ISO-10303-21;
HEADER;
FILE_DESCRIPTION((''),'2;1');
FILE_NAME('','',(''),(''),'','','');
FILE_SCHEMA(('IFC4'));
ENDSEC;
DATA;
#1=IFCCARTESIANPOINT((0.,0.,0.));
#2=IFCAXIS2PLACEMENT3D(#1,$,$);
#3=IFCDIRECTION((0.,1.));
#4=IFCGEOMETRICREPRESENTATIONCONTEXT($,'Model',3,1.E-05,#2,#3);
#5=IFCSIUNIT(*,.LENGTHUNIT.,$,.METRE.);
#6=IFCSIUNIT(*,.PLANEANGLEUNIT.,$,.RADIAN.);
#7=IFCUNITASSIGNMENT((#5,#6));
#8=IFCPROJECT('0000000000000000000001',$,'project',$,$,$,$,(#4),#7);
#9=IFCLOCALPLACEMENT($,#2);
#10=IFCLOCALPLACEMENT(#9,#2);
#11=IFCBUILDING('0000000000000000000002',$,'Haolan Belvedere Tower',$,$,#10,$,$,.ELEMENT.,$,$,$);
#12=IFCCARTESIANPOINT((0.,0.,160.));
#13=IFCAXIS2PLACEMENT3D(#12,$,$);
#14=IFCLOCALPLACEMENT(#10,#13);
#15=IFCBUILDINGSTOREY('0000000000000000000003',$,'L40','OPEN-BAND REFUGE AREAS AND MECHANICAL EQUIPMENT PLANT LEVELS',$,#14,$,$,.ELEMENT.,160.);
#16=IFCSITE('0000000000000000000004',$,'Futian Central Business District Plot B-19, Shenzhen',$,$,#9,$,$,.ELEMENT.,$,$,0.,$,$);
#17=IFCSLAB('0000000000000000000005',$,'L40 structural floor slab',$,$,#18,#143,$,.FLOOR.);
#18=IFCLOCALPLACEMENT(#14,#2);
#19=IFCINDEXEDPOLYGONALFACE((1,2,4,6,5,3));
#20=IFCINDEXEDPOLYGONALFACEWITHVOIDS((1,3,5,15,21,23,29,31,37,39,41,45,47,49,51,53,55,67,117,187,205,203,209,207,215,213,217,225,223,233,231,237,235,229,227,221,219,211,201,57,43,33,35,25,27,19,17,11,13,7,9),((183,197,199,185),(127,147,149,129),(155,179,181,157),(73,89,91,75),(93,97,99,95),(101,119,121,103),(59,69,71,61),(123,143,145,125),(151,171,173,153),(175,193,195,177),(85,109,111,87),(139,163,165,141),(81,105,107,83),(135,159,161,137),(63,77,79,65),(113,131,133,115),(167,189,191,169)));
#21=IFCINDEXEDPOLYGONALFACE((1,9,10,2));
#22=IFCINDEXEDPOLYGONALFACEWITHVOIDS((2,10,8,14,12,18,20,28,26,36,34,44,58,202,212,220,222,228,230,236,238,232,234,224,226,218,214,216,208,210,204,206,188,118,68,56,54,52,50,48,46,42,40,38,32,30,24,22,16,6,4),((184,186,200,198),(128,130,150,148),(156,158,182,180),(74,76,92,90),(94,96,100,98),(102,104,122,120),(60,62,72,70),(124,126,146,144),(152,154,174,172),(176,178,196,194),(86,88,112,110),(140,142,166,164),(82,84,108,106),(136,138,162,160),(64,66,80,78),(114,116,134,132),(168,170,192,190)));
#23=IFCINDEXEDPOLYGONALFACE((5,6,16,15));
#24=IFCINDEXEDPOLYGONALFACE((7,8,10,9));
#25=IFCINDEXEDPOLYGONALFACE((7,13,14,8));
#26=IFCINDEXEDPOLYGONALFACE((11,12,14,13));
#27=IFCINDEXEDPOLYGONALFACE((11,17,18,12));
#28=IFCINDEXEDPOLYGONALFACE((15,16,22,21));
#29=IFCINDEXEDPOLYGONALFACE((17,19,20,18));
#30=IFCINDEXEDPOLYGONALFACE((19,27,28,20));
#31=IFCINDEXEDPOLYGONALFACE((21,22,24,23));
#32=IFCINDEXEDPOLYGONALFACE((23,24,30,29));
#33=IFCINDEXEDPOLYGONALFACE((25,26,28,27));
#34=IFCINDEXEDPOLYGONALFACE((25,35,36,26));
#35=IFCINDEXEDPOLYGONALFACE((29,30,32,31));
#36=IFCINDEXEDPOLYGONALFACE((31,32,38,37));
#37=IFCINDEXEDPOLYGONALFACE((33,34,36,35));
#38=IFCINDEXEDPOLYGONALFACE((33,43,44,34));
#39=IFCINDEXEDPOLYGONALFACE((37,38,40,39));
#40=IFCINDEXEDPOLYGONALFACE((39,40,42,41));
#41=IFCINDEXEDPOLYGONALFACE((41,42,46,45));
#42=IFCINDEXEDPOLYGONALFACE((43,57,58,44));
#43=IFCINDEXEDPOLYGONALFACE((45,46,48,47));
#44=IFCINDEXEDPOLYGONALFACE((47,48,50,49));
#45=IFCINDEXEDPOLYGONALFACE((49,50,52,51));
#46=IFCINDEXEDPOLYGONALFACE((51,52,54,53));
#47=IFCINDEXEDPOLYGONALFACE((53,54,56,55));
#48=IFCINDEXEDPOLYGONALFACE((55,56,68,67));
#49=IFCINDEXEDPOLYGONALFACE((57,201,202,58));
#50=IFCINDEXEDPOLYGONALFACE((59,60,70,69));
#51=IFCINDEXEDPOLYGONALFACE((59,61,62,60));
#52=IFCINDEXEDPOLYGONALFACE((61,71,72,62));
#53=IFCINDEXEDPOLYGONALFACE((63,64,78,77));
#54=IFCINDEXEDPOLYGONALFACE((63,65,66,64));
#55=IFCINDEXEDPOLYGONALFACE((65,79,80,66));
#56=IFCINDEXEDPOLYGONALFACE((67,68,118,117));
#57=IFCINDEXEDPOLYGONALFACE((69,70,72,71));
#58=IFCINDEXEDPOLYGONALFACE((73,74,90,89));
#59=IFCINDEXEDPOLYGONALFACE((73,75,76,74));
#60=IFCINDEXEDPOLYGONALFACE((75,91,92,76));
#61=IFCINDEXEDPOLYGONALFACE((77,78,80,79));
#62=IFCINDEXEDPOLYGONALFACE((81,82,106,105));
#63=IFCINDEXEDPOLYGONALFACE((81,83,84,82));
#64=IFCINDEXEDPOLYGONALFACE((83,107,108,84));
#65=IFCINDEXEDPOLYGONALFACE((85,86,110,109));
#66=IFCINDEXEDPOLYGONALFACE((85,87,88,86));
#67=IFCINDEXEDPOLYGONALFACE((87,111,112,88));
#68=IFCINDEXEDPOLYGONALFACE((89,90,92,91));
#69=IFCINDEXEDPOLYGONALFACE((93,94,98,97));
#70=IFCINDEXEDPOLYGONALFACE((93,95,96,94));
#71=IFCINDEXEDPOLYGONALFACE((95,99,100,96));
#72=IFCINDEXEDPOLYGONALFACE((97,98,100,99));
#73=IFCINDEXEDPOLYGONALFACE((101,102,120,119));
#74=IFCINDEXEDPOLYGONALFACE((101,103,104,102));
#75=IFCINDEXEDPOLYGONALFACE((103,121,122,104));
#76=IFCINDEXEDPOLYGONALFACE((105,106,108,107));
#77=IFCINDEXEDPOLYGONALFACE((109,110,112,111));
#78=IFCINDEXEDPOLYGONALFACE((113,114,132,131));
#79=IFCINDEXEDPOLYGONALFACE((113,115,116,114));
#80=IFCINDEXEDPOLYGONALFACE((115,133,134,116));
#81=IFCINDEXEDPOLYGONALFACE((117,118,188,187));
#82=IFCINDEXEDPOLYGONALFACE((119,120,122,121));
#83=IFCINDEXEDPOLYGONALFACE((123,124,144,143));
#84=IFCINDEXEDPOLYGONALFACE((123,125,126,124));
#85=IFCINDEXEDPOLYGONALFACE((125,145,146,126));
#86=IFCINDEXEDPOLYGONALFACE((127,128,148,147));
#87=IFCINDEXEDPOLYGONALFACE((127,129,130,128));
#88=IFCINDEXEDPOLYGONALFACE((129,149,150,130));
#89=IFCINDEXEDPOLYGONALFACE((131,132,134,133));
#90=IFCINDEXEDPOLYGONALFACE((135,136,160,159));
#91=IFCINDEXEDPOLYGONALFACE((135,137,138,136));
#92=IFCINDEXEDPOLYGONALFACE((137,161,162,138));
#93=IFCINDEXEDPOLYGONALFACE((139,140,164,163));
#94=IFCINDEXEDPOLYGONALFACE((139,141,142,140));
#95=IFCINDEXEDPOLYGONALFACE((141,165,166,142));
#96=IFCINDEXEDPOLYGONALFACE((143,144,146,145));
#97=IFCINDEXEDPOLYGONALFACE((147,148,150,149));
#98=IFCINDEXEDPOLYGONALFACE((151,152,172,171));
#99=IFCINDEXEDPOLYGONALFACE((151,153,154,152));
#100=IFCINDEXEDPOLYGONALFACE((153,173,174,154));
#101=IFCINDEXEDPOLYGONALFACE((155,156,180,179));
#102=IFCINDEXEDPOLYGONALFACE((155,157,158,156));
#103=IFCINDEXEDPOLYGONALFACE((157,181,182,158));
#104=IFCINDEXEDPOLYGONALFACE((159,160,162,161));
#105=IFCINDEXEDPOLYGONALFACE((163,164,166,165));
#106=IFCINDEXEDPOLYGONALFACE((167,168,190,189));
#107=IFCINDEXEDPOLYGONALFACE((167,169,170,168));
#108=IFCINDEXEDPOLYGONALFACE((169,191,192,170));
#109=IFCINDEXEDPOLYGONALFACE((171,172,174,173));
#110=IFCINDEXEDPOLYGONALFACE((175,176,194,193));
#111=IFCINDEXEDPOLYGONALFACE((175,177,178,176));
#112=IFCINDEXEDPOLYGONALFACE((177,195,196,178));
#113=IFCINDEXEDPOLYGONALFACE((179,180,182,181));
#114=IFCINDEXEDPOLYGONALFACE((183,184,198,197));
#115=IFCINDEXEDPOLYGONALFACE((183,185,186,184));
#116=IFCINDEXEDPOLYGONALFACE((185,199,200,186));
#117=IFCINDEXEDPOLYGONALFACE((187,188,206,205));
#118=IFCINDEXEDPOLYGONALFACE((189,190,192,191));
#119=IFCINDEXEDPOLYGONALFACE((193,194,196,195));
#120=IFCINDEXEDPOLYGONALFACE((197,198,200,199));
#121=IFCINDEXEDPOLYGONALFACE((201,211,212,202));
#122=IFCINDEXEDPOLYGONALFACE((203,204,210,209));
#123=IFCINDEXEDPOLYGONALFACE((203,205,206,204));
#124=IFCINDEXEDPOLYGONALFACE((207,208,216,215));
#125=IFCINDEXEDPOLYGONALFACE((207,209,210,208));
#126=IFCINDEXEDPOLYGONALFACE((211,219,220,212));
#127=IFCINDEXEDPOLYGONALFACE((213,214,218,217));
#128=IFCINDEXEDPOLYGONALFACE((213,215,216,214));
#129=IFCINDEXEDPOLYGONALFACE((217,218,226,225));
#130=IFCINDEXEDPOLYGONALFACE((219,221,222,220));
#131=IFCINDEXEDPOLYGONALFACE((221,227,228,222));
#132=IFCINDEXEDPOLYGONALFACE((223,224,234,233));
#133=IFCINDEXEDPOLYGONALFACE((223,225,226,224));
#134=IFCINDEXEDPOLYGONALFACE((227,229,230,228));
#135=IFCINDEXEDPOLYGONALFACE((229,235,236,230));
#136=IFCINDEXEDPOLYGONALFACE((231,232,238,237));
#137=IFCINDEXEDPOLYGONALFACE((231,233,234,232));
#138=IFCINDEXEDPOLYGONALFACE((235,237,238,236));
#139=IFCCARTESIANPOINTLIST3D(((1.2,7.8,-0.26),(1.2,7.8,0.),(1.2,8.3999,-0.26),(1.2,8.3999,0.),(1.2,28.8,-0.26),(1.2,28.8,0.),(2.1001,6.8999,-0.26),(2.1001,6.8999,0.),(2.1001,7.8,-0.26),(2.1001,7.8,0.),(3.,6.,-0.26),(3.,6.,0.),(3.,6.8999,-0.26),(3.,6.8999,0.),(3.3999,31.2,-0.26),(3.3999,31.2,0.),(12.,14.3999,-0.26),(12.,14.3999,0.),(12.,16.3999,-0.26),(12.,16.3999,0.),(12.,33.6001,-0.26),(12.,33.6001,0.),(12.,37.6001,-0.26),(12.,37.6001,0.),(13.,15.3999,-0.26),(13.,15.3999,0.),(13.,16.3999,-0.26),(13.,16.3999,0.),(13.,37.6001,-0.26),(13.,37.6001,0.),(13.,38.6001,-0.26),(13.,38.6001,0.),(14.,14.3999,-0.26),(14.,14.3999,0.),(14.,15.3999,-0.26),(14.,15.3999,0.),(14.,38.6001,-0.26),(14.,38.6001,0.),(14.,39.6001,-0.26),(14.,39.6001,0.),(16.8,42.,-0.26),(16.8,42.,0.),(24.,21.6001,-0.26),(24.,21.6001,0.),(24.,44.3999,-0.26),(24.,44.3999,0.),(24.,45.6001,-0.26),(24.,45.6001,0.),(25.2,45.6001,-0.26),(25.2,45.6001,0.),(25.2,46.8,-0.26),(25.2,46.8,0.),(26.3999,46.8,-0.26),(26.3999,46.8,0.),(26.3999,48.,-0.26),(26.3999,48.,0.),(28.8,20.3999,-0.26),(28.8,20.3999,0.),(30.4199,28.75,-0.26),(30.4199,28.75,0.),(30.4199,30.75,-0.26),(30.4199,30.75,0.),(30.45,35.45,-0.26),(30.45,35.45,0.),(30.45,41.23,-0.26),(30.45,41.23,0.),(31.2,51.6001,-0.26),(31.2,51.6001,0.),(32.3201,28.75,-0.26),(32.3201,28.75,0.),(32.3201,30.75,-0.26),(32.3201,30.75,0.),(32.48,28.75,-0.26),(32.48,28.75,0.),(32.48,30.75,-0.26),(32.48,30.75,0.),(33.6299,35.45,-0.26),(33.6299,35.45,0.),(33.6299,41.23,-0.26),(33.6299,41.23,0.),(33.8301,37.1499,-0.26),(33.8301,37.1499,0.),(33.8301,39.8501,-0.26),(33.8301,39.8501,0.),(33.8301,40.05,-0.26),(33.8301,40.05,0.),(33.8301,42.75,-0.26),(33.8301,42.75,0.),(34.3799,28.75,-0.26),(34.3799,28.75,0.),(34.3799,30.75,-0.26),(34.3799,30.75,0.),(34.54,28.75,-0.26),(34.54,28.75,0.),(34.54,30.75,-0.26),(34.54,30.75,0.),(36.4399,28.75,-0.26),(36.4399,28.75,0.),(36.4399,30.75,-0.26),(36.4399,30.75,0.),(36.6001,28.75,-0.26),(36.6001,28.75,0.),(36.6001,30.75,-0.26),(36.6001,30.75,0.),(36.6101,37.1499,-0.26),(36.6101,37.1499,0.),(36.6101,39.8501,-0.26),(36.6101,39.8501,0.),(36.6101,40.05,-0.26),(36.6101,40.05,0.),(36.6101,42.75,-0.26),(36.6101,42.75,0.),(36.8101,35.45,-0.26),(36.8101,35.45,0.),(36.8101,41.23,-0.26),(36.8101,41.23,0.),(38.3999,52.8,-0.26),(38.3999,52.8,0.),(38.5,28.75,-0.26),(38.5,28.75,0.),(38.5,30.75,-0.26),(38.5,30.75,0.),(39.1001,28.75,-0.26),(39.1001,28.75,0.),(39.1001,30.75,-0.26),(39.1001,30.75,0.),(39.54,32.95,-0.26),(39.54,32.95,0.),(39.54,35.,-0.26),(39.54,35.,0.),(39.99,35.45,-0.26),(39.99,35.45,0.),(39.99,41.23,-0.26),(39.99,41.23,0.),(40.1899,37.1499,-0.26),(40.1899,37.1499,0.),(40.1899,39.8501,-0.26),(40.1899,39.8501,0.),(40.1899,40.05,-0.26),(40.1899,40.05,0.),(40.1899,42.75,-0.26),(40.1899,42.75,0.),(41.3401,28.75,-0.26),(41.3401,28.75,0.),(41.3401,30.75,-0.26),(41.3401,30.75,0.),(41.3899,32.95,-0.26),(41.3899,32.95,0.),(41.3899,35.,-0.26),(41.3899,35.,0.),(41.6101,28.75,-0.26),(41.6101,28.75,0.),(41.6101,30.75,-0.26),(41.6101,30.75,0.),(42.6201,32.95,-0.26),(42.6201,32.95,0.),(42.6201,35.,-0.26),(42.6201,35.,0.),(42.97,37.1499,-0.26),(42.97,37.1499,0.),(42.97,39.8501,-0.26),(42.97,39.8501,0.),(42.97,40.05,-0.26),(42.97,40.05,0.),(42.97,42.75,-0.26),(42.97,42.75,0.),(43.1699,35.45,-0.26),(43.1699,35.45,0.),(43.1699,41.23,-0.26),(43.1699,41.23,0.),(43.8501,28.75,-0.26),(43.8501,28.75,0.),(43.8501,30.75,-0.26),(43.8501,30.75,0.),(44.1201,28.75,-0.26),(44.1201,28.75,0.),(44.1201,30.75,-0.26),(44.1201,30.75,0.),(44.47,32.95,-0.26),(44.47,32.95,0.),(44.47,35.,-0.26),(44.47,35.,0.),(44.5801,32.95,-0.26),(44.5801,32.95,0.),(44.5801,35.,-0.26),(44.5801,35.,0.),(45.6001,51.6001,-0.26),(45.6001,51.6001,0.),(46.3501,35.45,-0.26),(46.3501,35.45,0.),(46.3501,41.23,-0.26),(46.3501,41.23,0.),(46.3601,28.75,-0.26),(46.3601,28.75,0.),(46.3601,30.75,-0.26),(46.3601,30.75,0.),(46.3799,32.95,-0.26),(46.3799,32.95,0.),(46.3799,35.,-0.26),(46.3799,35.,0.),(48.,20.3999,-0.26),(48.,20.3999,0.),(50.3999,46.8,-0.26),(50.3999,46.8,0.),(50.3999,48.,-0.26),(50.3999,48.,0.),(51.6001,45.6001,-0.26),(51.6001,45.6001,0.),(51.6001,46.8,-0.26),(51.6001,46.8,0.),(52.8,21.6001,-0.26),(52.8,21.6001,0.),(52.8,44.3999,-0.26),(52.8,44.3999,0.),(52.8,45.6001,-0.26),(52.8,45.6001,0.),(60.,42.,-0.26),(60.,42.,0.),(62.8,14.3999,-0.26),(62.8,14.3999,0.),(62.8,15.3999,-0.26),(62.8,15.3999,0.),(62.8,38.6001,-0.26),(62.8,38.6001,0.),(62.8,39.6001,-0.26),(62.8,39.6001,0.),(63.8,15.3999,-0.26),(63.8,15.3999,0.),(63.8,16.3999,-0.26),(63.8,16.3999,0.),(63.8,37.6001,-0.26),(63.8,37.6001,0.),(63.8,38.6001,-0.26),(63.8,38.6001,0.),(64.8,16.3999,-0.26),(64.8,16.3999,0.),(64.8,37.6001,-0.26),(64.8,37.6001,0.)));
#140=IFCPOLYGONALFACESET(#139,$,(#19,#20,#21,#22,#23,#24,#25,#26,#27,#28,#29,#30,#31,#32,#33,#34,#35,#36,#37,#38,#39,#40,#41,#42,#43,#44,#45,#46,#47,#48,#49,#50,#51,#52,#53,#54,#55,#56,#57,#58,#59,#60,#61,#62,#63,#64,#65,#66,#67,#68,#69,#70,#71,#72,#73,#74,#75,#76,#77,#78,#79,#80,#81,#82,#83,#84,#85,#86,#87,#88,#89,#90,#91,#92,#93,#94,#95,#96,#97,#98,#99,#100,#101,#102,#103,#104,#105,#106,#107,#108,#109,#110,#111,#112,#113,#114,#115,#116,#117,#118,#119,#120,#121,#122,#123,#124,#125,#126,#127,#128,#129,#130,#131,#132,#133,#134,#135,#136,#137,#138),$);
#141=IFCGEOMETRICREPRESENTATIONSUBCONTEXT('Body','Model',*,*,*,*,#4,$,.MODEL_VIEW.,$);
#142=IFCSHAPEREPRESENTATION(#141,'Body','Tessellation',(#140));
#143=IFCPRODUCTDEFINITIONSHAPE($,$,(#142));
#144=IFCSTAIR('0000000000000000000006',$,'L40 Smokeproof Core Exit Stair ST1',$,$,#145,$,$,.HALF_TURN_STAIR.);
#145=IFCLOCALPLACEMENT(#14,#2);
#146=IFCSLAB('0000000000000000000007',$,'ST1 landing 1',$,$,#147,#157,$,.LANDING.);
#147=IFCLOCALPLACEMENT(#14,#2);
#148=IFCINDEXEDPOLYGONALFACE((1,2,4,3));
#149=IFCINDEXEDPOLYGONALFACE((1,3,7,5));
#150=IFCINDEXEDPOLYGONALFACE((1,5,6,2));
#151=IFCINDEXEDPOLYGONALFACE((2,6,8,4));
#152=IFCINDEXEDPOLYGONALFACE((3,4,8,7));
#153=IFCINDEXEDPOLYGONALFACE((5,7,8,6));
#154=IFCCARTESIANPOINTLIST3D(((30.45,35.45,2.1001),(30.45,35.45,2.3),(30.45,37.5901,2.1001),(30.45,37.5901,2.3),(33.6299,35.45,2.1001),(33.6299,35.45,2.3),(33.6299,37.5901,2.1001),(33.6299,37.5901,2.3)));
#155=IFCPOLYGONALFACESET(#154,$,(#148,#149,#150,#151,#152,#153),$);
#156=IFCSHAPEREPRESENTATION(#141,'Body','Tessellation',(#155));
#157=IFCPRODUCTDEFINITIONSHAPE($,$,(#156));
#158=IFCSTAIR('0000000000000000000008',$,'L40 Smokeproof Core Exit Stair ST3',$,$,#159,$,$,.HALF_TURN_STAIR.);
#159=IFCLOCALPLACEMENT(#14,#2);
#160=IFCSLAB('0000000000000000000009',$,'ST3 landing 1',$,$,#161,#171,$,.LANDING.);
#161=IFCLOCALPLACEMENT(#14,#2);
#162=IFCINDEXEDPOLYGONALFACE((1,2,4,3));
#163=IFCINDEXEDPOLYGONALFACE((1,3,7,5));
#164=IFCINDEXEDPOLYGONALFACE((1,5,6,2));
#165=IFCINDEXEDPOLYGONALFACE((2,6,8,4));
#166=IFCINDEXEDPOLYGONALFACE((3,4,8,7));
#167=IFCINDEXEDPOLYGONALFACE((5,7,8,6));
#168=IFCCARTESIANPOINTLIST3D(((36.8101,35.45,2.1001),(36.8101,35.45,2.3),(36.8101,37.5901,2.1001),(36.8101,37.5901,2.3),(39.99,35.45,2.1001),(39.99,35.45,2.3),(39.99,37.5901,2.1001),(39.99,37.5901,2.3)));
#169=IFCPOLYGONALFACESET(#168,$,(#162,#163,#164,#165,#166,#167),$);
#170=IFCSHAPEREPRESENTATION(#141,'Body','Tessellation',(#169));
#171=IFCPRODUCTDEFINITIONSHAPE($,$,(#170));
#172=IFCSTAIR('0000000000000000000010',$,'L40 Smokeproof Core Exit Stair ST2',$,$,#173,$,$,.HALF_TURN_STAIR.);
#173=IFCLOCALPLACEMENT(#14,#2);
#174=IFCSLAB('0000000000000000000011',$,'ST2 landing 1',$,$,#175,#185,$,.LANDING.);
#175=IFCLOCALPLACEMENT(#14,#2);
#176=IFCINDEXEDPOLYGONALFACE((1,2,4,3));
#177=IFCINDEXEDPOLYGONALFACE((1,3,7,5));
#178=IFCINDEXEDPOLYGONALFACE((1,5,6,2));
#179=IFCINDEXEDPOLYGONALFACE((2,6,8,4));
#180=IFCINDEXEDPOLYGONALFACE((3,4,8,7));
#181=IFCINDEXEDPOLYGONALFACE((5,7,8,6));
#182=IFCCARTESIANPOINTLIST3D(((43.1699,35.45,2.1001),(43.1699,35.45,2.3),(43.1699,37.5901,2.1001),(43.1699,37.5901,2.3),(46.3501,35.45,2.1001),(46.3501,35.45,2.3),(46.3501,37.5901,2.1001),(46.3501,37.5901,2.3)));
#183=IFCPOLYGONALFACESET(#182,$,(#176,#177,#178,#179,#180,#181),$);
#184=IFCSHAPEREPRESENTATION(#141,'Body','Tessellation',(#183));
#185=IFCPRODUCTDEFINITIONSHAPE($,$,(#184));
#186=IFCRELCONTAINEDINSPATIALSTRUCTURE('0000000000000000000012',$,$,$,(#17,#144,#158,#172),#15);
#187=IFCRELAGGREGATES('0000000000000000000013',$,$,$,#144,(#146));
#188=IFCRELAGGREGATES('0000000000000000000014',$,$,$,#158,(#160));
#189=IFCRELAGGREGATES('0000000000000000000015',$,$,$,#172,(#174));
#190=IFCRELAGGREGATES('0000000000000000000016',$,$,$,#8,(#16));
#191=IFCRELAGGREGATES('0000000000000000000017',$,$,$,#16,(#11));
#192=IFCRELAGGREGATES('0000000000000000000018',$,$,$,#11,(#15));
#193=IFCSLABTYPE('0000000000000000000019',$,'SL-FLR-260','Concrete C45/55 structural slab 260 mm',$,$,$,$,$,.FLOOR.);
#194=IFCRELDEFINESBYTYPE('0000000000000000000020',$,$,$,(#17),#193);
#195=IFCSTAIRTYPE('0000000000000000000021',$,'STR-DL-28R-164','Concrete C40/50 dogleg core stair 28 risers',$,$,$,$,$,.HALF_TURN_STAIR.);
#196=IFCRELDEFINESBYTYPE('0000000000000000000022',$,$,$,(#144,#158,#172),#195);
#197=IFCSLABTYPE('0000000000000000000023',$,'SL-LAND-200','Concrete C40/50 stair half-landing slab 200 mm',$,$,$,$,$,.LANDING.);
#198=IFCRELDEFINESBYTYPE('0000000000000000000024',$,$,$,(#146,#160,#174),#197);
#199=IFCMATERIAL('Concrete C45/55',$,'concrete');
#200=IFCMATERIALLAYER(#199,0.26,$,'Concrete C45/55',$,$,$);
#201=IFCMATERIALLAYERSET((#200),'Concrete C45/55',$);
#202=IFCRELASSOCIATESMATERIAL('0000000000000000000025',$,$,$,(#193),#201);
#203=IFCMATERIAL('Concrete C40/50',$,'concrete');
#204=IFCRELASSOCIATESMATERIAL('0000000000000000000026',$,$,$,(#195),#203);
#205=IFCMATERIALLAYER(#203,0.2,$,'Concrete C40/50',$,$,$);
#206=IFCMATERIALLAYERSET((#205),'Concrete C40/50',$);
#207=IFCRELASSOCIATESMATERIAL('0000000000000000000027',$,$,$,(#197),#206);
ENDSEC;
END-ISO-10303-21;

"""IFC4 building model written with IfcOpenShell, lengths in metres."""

from ifc_helpers import new_model, si_unit, direction, frame, origin, place, context, subcontext, project, spatial, polyline, outline, extrude, material, layer, layer_set, type_object, element, aggregate, save


model = new_model("IFC4")

# Units and contexts
model_context = context("Model", 3, precision=1e-05, world=origin(), true_north=direction((0.0, 1.0)))
body_context = subcontext(model_context, "Body", "Model", "MODEL_VIEW")
ifc_project = project(units=[si_unit("LENGTHUNIT", "METRE"), si_unit("PLANEANGLEUNIT", "RADIAN")], contexts=[model_context])

# Site, building, storey
site_placement = place(None, origin())
site = spatial("IfcSite", under=ifc_project, at=site_placement, Name="Futian Central Business District Plot B-19, Shenzhen", CompositionType="ELEMENT", RefElevation=0.0)
building_placement = place(site_placement, origin())
building = spatial("IfcBuilding", under=site, at=building_placement, Name="Haolan Belvedere Tower", CompositionType="ELEMENT")
storey_placement = place(building_placement, frame((0.0, 0.0, 160.0)))
storey = spatial("IfcBuildingStorey", under=building, at=storey_placement, Name="L40", Description="OPEN-BAND REFUGE AREAS AND MECHANICAL EQUIPMENT PLANT LEVELS", CompositionType="ELEMENT", Elevation=160.0)

# Slab
ifc_material_1 = material(Name="Concrete C45/55", Category="concrete")
ifc_layer_1 = layer(ifc_material_1, 0.26, Name="Concrete C45/55")
ifc_layer_set_1 = layer_set([ifc_layer_1], Name="Concrete C45/55")
slab_type_1 = type_object("IfcSlabType", Name="SL-FLR-260", Description="Concrete C45/55 structural slab 260 mm", PredefinedType="FLOOR", material=ifc_layer_set_1)
slab_1_placement = place(storey_placement, frame((0.0, 0.0, -0.26)))
element("IfcSlab", 1, at=slab_1_placement, inside=storey, type_object=slab_type_1, Name="L40 structural floor slab", PredefinedType="FLOOR", context=body_context, shape_type="SweptSolid", body=[
    extrude(outline(polyline([(12.0, 14.3999), (12.0, 16.3999), (13.0, 16.3999), (13.0, 15.3999), (14.0, 15.3999), (14.0, 14.3999), (24.0, 21.6001), (28.8, 20.3999), (48.0, 20.3999), (52.8, 21.6001), (62.8, 14.3999), (62.8, 15.3999), (63.8, 15.3999), (63.8, 16.3999), (64.8, 16.3999), (64.8, 37.6001), (63.8, 37.6001), (63.8, 38.6001), (62.8, 38.6001), (62.8, 39.6001), (60.0, 42.0), (52.8, 44.3999), (52.8, 45.6001), (51.6001, 45.6001), (51.6001, 46.8), (50.3999, 46.8), (50.3999, 48.0), (45.6001, 51.6001), (38.3999, 52.8), (31.2, 51.6001), (26.3999, 48.0), (26.3999, 46.8), (25.2, 46.8), (25.2, 45.6001), (24.0, 45.6001), (24.0, 44.3999), (16.8, 42.0), (14.0, 39.6001), (14.0, 38.6001), (13.0, 38.6001), (13.0, 37.6001), (12.0, 37.6001), (12.0, 33.6001), (3.3999, 31.2), (1.2, 28.8), (1.2, 8.3999), (1.2, 7.8), (2.1001, 7.8), (2.1001, 6.8999), (3.0, 6.8999), (3.0, 6.0), (12.0, 14.3999)]), holes=[polyline([(30.45, 41.23), (30.45, 35.45), (33.6299, 35.45), (33.6299, 41.23), (30.45, 41.23)]), polyline([(36.8101, 41.23), (36.8101, 35.45), (39.99, 35.45), (39.99, 41.23), (36.8101, 41.23)]), polyline([(43.1699, 41.23), (43.1699, 35.45), (46.3501, 35.45), (46.3501, 41.23), (43.1699, 41.23)]), polyline([(33.8301, 40.05), (36.6101, 40.05), (36.6101, 42.75), (33.8301, 42.75), (33.8301, 40.05)]), polyline([(33.8301, 37.1499), (36.6101, 37.1499), (36.6101, 39.8501), (33.8301, 39.8501), (33.8301, 37.1499)]), polyline([(40.1899, 40.05), (42.97, 40.05), (42.97, 42.75), (40.1899, 42.75), (40.1899, 40.05)]), polyline([(40.1899, 37.1499), (42.97, 37.1499), (42.97, 39.8501), (40.1899, 39.8501), (40.1899, 37.1499)]), polyline([(39.54, 32.95), (41.3899, 32.95), (41.3899, 35.0), (39.54, 35.0), (39.54, 32.95)]), polyline([(42.6201, 32.95), (44.47, 32.95), (44.47, 35.0), (42.6201, 35.0), (42.6201, 32.95)]), polyline([(44.5801, 32.95), (46.3799, 32.95), (46.3799, 35.0), (44.5801, 35.0), (44.5801, 32.95)]), polyline([(30.4199, 28.75), (32.3201, 28.75), (32.3201, 30.75), (30.4199, 30.75), (30.4199, 28.75)]), polyline([(32.48, 28.75), (34.3799, 28.75), (34.3799, 30.75), (32.48, 30.75), (32.48, 28.75)]), polyline([(34.54, 28.75), (36.4399, 28.75), (36.4399, 30.75), (34.54, 30.75), (34.54, 28.75)]), polyline([(36.6001, 28.75), (38.5, 28.75), (38.5, 30.75), (36.6001, 30.75), (36.6001, 28.75)]), polyline([(39.1001, 28.75), (41.3401, 28.75), (41.3401, 30.75), (39.1001, 30.75), (39.1001, 28.75)]), polyline([(41.6101, 28.75), (43.8501, 28.75), (43.8501, 30.75), (41.6101, 30.75), (41.6101, 28.75)]), polyline([(44.1201, 28.75), (46.3601, 28.75), (46.3601, 30.75), (44.1201, 30.75), (44.1201, 28.75)])]), origin(), (0.0, 0.0, 1.0), 0.26),
])

# Stairs, slabs
ifc_material_2 = material(Name="Concrete C40/50", Category="concrete")
stair_type = type_object("IfcStairType", Name="STR-DL-28R-164", Description="Concrete C40/50 dogleg core stair 28 risers", PredefinedType="HALF_TURN_STAIR", material=ifc_material_2)
stair_1_placement = place(storey_placement, origin())
stair_1 = element("IfcStair", 2, at=stair_1_placement, inside=storey, type_object=stair_type, Name="L40 Smokeproof Core Exit Stair ST1", PredefinedType="HALF_TURN_STAIR")
ifc_layer_2 = layer(ifc_material_2, 0.2, Name="Concrete C40/50")
ifc_layer_set_2 = layer_set([ifc_layer_2], Name="Concrete C40/50")
slab_type_2 = type_object("IfcSlabType", Name="SL-LAND-200", Description="Concrete C40/50 stair half-landing slab 200 mm", PredefinedType="LANDING", material=ifc_layer_set_2)
slab_2_placement = place(storey_placement, frame((0.0, 0.0, 2.1001)))
slab_2 = element("IfcSlab", 3, at=slab_2_placement, type_object=slab_type_2, Name="ST1 landing 1", PredefinedType="LANDING", context=body_context, shape_type="SweptSolid", body=[
    extrude(outline(polyline([(30.45, 37.5901), (30.45, 35.45), (33.6299, 35.45), (33.6299, 37.5901), (30.45, 37.5901)])), origin(), (0.0, 0.0, 1.0), 0.2),
])
aggregate(stair_1, [slab_2])
stair_2_placement = place(storey_placement, origin())
stair_2 = element("IfcStair", 4, at=stair_2_placement, inside=storey, type_object=stair_type, Name="L40 Smokeproof Core Exit Stair ST3", PredefinedType="HALF_TURN_STAIR")
slab_3_placement = place(storey_placement, frame((0.0, 0.0, 2.1001)))
slab_3 = element("IfcSlab", 5, at=slab_3_placement, type_object=slab_type_2, Name="ST3 landing 1", PredefinedType="LANDING", context=body_context, shape_type="SweptSolid", body=[
    extrude(outline(polyline([(36.8101, 37.5901), (36.8101, 35.45), (39.99, 35.45), (39.99, 37.5901), (36.8101, 37.5901)])), origin(), (0.0, 0.0, 1.0), 0.2),
])
aggregate(stair_2, [slab_3])
stair_3_placement = place(storey_placement, origin())
stair_3 = element("IfcStair", 6, at=stair_3_placement, inside=storey, type_object=stair_type, Name="L40 Smokeproof Core Exit Stair ST2", PredefinedType="HALF_TURN_STAIR")
slab_4_placement = place(storey_placement, frame((0.0, 0.0, 2.1001)))
slab_4 = element("IfcSlab", 7, at=slab_4_placement, type_object=slab_type_2, Name="ST2 landing 1", PredefinedType="LANDING", context=body_context, shape_type="SweptSolid", body=[
    extrude(outline(polyline([(43.1699, 37.5901), (43.1699, 35.45), (46.3501, 35.45), (46.3501, 37.5901), (43.1699, 37.5901)])), origin(), (0.0, 0.0, 1.0), 0.2),
])
aggregate(stair_3, [slab_4])

save(model, "model.ifc")
